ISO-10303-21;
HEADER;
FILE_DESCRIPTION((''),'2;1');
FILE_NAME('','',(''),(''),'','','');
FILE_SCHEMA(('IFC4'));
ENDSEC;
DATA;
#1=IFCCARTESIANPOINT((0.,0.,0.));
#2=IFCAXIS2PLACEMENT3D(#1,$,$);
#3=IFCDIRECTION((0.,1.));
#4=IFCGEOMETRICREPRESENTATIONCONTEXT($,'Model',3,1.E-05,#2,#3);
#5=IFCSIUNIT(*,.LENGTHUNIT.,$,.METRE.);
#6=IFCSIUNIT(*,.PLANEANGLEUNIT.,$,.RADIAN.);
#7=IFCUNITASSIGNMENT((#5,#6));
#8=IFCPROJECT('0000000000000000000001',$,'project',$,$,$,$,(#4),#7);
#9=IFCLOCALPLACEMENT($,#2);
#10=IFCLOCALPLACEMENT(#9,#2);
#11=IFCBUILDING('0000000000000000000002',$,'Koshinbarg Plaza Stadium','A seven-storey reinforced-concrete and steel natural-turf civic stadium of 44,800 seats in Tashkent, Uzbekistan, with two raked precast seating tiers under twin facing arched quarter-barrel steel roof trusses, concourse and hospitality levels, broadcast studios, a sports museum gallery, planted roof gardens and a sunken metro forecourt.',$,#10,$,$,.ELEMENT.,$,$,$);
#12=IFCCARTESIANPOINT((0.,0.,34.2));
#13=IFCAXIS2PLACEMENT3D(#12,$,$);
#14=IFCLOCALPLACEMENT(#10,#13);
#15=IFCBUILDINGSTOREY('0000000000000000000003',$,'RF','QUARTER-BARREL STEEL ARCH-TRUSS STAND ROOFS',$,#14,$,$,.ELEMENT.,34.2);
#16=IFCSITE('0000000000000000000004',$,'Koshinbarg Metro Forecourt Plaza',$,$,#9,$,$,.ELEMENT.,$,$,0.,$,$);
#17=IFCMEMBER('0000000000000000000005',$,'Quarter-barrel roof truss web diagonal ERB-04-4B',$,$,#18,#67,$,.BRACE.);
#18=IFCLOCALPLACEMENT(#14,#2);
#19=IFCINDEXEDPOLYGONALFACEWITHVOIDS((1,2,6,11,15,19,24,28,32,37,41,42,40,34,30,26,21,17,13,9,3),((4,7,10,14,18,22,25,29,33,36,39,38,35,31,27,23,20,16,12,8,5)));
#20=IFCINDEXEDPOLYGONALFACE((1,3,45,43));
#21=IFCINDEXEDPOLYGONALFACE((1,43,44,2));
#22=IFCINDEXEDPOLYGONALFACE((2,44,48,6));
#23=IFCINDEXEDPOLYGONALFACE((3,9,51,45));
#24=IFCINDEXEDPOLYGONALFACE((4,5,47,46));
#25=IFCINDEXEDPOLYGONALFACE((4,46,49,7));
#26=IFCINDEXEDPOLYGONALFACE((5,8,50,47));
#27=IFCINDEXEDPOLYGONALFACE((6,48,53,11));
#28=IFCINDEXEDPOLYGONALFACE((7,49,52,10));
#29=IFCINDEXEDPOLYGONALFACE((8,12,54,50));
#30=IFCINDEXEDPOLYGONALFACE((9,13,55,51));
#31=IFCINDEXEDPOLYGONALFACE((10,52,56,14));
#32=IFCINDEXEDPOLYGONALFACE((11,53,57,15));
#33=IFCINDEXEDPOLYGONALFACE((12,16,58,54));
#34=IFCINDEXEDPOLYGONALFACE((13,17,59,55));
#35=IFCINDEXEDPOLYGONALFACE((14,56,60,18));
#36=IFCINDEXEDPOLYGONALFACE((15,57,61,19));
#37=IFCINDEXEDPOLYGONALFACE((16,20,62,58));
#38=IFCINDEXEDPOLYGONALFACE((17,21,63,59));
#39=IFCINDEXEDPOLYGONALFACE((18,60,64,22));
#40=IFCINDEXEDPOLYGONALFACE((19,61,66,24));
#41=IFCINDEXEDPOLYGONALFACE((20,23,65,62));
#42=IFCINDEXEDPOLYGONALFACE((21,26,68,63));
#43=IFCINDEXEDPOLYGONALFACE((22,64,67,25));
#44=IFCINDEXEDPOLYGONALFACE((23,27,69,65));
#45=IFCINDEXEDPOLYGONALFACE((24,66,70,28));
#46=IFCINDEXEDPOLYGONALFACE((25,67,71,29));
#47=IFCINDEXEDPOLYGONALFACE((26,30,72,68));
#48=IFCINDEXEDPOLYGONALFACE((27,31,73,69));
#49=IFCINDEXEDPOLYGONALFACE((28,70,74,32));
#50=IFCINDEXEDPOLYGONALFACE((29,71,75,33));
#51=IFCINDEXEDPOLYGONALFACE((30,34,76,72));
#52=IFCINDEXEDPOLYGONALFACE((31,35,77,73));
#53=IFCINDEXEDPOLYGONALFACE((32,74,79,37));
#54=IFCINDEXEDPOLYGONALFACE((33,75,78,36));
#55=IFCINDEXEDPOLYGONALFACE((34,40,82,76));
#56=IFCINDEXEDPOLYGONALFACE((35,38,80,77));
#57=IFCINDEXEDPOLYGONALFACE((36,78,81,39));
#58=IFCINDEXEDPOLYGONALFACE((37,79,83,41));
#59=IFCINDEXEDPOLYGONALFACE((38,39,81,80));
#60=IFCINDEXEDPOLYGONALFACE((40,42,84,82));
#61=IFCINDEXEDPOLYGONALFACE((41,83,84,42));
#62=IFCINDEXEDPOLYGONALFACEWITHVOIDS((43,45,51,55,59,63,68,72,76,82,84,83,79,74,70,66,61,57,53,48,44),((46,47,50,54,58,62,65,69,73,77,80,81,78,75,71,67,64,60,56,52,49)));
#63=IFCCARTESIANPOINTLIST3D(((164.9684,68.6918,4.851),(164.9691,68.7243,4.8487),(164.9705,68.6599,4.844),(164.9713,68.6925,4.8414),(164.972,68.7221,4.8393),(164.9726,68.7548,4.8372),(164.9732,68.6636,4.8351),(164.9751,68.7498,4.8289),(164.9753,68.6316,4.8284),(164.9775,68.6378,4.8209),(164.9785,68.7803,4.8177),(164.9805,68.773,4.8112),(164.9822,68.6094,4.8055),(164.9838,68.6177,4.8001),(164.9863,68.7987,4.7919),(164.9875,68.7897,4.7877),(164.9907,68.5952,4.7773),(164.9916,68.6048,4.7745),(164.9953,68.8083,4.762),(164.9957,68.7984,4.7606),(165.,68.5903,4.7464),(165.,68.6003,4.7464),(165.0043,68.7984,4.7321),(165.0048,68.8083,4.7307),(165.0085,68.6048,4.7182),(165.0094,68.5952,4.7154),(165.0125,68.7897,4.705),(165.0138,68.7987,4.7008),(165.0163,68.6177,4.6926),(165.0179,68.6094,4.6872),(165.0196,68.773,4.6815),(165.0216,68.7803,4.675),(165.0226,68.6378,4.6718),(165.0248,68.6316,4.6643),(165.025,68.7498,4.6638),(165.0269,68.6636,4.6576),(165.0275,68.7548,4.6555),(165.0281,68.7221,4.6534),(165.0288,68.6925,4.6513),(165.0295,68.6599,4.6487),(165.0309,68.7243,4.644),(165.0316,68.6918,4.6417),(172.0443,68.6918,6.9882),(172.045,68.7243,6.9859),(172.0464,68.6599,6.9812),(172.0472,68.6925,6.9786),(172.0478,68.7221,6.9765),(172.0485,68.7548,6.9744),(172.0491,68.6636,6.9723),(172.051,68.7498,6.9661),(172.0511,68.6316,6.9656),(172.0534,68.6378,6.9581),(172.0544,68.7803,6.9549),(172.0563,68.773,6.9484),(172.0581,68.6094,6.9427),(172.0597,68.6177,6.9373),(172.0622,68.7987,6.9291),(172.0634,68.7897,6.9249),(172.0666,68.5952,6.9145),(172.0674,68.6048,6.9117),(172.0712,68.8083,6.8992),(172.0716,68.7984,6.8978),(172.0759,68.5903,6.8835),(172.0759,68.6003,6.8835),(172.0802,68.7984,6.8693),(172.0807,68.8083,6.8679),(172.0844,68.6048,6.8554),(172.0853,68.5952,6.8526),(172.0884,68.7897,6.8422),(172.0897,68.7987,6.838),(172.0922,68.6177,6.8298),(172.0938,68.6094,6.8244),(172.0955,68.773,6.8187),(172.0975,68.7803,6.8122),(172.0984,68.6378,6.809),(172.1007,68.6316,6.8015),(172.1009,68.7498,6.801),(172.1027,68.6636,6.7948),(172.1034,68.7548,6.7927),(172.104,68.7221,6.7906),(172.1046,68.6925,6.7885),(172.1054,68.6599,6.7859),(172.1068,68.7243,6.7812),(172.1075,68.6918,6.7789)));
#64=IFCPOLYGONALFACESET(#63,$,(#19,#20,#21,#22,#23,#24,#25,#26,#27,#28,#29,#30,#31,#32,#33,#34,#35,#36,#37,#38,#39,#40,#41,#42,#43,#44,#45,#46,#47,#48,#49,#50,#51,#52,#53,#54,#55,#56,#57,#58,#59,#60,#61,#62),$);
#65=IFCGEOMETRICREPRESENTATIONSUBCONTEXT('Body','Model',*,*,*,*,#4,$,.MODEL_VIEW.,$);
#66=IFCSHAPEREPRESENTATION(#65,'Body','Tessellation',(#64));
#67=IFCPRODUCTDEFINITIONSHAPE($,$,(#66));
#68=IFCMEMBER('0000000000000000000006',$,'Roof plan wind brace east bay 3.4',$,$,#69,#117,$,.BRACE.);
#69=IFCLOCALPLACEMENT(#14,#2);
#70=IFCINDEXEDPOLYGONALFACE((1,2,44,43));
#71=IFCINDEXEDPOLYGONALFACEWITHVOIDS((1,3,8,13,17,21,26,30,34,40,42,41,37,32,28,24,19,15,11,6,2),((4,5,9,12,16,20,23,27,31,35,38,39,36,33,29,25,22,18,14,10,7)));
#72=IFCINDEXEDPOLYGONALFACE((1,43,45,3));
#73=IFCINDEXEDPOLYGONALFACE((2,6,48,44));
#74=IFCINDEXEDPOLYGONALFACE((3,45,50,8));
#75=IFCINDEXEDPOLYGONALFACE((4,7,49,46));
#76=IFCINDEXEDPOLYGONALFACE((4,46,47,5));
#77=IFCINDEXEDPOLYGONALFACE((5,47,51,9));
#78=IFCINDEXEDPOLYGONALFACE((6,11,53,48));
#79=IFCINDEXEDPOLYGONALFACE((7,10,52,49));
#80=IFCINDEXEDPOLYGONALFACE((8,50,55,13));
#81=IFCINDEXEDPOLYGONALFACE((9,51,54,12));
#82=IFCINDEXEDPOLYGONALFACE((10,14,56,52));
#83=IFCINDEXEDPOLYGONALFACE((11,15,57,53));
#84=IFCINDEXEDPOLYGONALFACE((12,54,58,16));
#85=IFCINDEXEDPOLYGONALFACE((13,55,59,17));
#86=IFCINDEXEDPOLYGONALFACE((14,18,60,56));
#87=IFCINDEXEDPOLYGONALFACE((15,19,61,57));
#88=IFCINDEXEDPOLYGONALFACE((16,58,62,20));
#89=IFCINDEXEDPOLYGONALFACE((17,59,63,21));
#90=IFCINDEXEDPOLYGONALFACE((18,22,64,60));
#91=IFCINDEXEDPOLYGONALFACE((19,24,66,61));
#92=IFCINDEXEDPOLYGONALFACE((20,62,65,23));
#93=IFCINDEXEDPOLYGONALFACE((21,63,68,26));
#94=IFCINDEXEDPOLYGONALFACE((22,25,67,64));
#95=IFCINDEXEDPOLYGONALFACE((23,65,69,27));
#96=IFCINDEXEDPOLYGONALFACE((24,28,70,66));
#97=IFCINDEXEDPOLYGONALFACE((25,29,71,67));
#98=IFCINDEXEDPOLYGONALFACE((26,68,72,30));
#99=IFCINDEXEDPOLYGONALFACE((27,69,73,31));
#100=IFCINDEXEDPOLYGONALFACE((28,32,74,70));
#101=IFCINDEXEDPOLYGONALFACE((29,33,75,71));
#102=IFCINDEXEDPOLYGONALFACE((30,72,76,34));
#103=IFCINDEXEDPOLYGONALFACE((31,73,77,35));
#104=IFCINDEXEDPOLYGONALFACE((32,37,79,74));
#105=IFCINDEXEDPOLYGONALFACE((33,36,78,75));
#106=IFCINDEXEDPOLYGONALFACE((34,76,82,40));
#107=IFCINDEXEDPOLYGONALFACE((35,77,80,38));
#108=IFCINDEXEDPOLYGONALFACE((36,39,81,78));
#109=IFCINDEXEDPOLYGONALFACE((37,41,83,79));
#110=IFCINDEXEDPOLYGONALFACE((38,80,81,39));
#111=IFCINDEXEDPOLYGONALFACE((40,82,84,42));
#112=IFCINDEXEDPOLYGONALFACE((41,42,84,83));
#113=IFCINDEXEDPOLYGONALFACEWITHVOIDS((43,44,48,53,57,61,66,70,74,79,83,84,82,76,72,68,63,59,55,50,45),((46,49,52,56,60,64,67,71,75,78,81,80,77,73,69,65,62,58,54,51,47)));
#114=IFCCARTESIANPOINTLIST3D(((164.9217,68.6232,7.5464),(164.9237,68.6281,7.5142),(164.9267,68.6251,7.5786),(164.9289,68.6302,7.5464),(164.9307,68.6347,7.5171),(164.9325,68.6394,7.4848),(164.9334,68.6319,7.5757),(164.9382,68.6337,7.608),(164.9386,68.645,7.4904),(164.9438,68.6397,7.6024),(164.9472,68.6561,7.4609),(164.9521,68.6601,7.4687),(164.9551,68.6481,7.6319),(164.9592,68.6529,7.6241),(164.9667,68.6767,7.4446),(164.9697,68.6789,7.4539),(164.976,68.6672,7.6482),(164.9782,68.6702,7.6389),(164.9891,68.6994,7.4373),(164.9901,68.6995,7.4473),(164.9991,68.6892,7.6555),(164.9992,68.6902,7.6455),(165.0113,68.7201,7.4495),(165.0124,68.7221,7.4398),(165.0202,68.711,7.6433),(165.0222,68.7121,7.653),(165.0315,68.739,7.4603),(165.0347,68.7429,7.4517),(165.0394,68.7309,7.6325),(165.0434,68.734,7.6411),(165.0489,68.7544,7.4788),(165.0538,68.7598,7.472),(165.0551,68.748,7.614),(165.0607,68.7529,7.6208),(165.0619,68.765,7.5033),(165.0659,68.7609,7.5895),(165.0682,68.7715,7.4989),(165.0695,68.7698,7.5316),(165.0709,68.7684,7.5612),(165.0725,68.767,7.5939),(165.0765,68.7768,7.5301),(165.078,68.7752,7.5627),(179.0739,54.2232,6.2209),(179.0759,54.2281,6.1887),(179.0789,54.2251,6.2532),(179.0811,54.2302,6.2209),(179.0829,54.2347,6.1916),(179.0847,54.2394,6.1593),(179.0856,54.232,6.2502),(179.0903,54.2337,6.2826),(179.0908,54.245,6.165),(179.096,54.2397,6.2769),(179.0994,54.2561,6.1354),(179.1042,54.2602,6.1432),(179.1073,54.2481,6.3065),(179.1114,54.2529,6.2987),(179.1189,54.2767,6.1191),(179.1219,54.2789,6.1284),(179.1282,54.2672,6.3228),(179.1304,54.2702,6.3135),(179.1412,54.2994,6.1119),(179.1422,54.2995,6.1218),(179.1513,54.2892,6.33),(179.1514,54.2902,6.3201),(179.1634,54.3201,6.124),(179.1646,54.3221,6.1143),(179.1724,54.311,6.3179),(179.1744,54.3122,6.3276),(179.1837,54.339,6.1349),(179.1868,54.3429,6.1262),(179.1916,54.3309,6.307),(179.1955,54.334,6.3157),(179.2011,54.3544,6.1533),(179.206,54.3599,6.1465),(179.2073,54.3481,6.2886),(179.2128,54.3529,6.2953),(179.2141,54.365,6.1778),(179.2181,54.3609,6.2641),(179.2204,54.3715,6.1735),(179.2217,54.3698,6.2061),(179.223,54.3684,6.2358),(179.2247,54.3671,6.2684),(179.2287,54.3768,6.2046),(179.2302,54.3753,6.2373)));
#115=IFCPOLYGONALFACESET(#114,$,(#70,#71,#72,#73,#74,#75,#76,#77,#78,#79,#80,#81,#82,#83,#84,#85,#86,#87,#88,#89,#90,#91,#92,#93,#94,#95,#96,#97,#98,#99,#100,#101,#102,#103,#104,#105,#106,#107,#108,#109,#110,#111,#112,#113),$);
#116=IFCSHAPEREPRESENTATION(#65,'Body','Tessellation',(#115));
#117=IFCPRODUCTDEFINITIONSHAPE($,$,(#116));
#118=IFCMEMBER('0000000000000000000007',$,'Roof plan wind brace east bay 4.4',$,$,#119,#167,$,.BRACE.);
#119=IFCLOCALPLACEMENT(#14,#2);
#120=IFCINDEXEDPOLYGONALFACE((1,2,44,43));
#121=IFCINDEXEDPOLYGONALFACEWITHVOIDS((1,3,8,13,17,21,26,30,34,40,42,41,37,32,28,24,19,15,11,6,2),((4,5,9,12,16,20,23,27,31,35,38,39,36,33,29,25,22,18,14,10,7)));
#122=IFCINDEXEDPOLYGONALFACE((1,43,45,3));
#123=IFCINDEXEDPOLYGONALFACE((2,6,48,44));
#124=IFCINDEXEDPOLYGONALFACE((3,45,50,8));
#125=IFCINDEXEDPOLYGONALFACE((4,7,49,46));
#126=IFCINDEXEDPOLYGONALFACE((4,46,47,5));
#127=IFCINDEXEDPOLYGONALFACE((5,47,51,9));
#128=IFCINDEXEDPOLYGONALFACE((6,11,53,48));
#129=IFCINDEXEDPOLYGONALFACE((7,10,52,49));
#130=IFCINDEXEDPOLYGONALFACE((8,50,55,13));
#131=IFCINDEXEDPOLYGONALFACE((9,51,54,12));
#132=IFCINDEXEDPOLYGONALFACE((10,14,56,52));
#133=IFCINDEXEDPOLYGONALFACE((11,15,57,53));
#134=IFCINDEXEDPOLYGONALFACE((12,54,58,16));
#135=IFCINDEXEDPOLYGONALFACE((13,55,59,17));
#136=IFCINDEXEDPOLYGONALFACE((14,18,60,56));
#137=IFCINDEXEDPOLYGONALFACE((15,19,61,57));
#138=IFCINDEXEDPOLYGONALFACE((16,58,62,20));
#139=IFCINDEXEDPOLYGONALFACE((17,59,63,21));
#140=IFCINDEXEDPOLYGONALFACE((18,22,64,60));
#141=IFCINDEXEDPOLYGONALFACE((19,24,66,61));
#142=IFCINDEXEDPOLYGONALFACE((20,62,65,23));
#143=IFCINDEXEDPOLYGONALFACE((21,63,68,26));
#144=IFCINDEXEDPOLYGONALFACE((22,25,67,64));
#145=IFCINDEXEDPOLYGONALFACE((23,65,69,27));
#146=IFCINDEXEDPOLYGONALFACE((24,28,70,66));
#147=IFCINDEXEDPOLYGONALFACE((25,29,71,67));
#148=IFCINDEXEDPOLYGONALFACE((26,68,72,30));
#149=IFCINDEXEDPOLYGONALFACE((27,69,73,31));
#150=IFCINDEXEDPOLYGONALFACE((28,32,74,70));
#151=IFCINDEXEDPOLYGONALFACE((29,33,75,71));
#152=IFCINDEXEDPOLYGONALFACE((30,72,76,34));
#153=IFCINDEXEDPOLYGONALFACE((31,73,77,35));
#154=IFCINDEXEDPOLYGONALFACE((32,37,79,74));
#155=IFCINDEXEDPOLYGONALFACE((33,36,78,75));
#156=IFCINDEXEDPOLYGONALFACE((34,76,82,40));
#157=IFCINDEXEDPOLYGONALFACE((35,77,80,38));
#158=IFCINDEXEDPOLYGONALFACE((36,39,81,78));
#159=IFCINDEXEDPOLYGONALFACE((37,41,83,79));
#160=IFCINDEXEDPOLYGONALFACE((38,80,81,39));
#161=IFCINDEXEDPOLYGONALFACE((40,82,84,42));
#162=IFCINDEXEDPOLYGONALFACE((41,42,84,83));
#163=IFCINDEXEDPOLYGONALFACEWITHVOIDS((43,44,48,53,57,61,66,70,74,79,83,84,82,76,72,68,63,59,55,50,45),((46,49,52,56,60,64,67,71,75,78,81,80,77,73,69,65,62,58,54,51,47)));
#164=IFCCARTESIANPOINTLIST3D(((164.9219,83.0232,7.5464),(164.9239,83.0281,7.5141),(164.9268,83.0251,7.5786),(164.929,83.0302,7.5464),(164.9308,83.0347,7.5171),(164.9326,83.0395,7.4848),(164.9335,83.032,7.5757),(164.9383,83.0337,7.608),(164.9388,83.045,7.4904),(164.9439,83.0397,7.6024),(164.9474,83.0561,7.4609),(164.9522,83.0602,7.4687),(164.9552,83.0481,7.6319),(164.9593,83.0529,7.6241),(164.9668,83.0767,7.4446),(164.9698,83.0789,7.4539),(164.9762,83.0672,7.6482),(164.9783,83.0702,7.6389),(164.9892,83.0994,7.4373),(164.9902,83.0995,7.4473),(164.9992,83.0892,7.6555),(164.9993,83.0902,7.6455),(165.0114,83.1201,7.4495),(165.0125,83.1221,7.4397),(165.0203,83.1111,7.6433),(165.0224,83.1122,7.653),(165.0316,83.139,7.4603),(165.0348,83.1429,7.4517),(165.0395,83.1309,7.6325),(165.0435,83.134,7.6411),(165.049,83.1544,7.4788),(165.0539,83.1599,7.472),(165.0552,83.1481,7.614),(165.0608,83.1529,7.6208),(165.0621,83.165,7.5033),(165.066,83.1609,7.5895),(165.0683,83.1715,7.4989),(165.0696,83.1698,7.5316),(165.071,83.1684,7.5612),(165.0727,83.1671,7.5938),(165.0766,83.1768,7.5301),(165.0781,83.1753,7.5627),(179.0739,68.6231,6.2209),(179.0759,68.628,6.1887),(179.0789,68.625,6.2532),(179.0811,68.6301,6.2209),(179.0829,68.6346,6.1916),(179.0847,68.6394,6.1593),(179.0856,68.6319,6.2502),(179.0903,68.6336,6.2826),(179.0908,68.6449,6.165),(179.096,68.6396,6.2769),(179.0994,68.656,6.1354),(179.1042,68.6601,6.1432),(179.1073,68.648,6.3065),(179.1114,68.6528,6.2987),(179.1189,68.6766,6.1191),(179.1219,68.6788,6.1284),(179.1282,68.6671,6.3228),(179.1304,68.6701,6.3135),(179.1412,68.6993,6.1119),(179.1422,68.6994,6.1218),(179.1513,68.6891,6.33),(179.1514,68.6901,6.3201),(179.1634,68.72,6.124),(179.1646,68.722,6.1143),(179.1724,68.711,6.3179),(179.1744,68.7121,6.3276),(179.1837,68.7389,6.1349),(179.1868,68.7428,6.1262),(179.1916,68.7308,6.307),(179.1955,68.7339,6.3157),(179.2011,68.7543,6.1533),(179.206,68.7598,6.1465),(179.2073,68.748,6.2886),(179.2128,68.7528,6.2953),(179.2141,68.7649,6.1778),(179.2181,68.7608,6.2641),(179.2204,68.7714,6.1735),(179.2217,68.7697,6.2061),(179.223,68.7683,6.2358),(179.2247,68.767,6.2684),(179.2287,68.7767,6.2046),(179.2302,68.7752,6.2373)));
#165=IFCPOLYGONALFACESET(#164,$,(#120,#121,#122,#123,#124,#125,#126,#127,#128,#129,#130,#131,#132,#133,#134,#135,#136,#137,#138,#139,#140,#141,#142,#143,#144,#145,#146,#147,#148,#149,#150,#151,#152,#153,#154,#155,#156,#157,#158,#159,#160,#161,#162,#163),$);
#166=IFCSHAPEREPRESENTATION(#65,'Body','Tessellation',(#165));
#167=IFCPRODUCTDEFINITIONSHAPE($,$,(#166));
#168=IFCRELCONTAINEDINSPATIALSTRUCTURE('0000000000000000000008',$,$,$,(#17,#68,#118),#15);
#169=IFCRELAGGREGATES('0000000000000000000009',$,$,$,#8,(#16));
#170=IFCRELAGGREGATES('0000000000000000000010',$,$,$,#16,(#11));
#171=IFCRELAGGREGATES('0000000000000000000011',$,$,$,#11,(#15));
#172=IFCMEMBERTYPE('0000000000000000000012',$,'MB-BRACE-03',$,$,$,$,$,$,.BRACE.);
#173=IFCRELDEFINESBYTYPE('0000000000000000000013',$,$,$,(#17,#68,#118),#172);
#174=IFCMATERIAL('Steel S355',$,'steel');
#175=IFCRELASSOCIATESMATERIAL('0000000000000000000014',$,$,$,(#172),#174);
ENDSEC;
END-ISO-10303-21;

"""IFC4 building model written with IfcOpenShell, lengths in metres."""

from ifc_helpers import new_model, si_unit, direction, frame, origin, origin_2d, place, context, subcontext, project, spatial, hollow_circle, extrude, material, material_profile, profile_set, type_object, element, save


model = new_model("IFC4")

# Units and contexts
model_context = context("Model", 3, precision=1e-05, world=origin(), true_north=direction((0.0, 1.0)))
body_context = subcontext(model_context, "Body", "Model", "MODEL_VIEW")
ifc_project = project(units=[si_unit("LENGTHUNIT", "METRE"), si_unit("PLANEANGLEUNIT", "RADIAN")], contexts=[model_context])

# Site, building, storey
site_placement = place(None, origin())
site = spatial("IfcSite", under=ifc_project, at=site_placement, Name="Koshinbarg Metro Forecourt Plaza", CompositionType="ELEMENT", RefElevation=0.0)
building_placement = place(site_placement, origin())
building = spatial("IfcBuilding", under=site, at=building_placement, Name="Koshinbarg Plaza Stadium", Description="A seven-storey reinforced-concrete and steel natural-turf civic stadium of 44,800 seats in Tashkent, Uzbekistan, with two raked precast seating tiers under twin facing arched quarter-barrel steel roof trusses, concourse and hospitality levels, broadcast studios, a sports museum gallery, planted roof gardens and a sunken metro forecourt.", CompositionType="ELEMENT")
storey_placement = place(building_placement, frame((0.0, 0.0, 34.2)))
storey = spatial("IfcBuildingStorey", under=building, at=storey_placement, Name="RF", Description="QUARTER-BARREL STEEL ARCH-TRUSS STAND ROOFS", CompositionType="ELEMENT", Elevation=34.2)

# Members
ifc_material_1 = material(Name="Steel S355", Category="steel")
ifc_material_profile_1 = material_profile(ifc_material_1, hollow_circle(Radius=0.1096, WallThickness=0.01, at=origin_2d()), Name="CHS 219.1x10")
ifc_profile_set_1 = profile_set([ifc_material_profile_1], Name="Steel S355")
member_type_1 = type_object("IfcMemberType", Name="MB-BRACE-03", PredefinedType="BRACE", material=ifc_profile_set_1)
member_1_placement = place(storey_placement, frame((172.0759, 68.7, 6.8835), z_axis=(-0.957287, 0.0, -0.289138), x_axis=(0.0, -1.0, 0.0)))
element("IfcMember", 1, at=member_1_placement, inside=storey, type_object=member_type_1, Name="Quarter-barrel roof truss web diagonal ERB-04-4B", PredefinedType="BRACE", context=body_context, shape_type="SweptSolid", body=[
    extrude(hollow_circle(Radius=0.1096, WallThickness=0.01, at=origin_2d()), origin(), (0.0, 0.0, 1.0), 7.3916),
])
for number, where, z_axis, x_axis, name in (
    (2, (179.1521, 54.3, 6.2209), (-0.699438, 0.711685, 0.065507), (-0.713217, -0.700943, 0.0), "Roof plan wind brace east bay 3.4"),
    (3, (179.1521, 68.7, 6.2209), (-0.699432, 0.711691, 0.065507), (-0.713223, -0.700937, 0.0), "Roof plan wind brace east bay 4.4"),
):
    element("IfcMember", number, at=place(storey_placement, frame(where, z_axis=z_axis, x_axis=x_axis)), inside=storey, type_object=member_type_1, Name=name, PredefinedType="BRACE", context=body_context, shape_type="SweptSolid", body=[
        extrude(hollow_circle(Radius=0.1096, WallThickness=0.01, at=origin_2d()), origin(), (0.0, 0.0, 1.0), 20.2336),
    ])

save(model, "model.ifc")
